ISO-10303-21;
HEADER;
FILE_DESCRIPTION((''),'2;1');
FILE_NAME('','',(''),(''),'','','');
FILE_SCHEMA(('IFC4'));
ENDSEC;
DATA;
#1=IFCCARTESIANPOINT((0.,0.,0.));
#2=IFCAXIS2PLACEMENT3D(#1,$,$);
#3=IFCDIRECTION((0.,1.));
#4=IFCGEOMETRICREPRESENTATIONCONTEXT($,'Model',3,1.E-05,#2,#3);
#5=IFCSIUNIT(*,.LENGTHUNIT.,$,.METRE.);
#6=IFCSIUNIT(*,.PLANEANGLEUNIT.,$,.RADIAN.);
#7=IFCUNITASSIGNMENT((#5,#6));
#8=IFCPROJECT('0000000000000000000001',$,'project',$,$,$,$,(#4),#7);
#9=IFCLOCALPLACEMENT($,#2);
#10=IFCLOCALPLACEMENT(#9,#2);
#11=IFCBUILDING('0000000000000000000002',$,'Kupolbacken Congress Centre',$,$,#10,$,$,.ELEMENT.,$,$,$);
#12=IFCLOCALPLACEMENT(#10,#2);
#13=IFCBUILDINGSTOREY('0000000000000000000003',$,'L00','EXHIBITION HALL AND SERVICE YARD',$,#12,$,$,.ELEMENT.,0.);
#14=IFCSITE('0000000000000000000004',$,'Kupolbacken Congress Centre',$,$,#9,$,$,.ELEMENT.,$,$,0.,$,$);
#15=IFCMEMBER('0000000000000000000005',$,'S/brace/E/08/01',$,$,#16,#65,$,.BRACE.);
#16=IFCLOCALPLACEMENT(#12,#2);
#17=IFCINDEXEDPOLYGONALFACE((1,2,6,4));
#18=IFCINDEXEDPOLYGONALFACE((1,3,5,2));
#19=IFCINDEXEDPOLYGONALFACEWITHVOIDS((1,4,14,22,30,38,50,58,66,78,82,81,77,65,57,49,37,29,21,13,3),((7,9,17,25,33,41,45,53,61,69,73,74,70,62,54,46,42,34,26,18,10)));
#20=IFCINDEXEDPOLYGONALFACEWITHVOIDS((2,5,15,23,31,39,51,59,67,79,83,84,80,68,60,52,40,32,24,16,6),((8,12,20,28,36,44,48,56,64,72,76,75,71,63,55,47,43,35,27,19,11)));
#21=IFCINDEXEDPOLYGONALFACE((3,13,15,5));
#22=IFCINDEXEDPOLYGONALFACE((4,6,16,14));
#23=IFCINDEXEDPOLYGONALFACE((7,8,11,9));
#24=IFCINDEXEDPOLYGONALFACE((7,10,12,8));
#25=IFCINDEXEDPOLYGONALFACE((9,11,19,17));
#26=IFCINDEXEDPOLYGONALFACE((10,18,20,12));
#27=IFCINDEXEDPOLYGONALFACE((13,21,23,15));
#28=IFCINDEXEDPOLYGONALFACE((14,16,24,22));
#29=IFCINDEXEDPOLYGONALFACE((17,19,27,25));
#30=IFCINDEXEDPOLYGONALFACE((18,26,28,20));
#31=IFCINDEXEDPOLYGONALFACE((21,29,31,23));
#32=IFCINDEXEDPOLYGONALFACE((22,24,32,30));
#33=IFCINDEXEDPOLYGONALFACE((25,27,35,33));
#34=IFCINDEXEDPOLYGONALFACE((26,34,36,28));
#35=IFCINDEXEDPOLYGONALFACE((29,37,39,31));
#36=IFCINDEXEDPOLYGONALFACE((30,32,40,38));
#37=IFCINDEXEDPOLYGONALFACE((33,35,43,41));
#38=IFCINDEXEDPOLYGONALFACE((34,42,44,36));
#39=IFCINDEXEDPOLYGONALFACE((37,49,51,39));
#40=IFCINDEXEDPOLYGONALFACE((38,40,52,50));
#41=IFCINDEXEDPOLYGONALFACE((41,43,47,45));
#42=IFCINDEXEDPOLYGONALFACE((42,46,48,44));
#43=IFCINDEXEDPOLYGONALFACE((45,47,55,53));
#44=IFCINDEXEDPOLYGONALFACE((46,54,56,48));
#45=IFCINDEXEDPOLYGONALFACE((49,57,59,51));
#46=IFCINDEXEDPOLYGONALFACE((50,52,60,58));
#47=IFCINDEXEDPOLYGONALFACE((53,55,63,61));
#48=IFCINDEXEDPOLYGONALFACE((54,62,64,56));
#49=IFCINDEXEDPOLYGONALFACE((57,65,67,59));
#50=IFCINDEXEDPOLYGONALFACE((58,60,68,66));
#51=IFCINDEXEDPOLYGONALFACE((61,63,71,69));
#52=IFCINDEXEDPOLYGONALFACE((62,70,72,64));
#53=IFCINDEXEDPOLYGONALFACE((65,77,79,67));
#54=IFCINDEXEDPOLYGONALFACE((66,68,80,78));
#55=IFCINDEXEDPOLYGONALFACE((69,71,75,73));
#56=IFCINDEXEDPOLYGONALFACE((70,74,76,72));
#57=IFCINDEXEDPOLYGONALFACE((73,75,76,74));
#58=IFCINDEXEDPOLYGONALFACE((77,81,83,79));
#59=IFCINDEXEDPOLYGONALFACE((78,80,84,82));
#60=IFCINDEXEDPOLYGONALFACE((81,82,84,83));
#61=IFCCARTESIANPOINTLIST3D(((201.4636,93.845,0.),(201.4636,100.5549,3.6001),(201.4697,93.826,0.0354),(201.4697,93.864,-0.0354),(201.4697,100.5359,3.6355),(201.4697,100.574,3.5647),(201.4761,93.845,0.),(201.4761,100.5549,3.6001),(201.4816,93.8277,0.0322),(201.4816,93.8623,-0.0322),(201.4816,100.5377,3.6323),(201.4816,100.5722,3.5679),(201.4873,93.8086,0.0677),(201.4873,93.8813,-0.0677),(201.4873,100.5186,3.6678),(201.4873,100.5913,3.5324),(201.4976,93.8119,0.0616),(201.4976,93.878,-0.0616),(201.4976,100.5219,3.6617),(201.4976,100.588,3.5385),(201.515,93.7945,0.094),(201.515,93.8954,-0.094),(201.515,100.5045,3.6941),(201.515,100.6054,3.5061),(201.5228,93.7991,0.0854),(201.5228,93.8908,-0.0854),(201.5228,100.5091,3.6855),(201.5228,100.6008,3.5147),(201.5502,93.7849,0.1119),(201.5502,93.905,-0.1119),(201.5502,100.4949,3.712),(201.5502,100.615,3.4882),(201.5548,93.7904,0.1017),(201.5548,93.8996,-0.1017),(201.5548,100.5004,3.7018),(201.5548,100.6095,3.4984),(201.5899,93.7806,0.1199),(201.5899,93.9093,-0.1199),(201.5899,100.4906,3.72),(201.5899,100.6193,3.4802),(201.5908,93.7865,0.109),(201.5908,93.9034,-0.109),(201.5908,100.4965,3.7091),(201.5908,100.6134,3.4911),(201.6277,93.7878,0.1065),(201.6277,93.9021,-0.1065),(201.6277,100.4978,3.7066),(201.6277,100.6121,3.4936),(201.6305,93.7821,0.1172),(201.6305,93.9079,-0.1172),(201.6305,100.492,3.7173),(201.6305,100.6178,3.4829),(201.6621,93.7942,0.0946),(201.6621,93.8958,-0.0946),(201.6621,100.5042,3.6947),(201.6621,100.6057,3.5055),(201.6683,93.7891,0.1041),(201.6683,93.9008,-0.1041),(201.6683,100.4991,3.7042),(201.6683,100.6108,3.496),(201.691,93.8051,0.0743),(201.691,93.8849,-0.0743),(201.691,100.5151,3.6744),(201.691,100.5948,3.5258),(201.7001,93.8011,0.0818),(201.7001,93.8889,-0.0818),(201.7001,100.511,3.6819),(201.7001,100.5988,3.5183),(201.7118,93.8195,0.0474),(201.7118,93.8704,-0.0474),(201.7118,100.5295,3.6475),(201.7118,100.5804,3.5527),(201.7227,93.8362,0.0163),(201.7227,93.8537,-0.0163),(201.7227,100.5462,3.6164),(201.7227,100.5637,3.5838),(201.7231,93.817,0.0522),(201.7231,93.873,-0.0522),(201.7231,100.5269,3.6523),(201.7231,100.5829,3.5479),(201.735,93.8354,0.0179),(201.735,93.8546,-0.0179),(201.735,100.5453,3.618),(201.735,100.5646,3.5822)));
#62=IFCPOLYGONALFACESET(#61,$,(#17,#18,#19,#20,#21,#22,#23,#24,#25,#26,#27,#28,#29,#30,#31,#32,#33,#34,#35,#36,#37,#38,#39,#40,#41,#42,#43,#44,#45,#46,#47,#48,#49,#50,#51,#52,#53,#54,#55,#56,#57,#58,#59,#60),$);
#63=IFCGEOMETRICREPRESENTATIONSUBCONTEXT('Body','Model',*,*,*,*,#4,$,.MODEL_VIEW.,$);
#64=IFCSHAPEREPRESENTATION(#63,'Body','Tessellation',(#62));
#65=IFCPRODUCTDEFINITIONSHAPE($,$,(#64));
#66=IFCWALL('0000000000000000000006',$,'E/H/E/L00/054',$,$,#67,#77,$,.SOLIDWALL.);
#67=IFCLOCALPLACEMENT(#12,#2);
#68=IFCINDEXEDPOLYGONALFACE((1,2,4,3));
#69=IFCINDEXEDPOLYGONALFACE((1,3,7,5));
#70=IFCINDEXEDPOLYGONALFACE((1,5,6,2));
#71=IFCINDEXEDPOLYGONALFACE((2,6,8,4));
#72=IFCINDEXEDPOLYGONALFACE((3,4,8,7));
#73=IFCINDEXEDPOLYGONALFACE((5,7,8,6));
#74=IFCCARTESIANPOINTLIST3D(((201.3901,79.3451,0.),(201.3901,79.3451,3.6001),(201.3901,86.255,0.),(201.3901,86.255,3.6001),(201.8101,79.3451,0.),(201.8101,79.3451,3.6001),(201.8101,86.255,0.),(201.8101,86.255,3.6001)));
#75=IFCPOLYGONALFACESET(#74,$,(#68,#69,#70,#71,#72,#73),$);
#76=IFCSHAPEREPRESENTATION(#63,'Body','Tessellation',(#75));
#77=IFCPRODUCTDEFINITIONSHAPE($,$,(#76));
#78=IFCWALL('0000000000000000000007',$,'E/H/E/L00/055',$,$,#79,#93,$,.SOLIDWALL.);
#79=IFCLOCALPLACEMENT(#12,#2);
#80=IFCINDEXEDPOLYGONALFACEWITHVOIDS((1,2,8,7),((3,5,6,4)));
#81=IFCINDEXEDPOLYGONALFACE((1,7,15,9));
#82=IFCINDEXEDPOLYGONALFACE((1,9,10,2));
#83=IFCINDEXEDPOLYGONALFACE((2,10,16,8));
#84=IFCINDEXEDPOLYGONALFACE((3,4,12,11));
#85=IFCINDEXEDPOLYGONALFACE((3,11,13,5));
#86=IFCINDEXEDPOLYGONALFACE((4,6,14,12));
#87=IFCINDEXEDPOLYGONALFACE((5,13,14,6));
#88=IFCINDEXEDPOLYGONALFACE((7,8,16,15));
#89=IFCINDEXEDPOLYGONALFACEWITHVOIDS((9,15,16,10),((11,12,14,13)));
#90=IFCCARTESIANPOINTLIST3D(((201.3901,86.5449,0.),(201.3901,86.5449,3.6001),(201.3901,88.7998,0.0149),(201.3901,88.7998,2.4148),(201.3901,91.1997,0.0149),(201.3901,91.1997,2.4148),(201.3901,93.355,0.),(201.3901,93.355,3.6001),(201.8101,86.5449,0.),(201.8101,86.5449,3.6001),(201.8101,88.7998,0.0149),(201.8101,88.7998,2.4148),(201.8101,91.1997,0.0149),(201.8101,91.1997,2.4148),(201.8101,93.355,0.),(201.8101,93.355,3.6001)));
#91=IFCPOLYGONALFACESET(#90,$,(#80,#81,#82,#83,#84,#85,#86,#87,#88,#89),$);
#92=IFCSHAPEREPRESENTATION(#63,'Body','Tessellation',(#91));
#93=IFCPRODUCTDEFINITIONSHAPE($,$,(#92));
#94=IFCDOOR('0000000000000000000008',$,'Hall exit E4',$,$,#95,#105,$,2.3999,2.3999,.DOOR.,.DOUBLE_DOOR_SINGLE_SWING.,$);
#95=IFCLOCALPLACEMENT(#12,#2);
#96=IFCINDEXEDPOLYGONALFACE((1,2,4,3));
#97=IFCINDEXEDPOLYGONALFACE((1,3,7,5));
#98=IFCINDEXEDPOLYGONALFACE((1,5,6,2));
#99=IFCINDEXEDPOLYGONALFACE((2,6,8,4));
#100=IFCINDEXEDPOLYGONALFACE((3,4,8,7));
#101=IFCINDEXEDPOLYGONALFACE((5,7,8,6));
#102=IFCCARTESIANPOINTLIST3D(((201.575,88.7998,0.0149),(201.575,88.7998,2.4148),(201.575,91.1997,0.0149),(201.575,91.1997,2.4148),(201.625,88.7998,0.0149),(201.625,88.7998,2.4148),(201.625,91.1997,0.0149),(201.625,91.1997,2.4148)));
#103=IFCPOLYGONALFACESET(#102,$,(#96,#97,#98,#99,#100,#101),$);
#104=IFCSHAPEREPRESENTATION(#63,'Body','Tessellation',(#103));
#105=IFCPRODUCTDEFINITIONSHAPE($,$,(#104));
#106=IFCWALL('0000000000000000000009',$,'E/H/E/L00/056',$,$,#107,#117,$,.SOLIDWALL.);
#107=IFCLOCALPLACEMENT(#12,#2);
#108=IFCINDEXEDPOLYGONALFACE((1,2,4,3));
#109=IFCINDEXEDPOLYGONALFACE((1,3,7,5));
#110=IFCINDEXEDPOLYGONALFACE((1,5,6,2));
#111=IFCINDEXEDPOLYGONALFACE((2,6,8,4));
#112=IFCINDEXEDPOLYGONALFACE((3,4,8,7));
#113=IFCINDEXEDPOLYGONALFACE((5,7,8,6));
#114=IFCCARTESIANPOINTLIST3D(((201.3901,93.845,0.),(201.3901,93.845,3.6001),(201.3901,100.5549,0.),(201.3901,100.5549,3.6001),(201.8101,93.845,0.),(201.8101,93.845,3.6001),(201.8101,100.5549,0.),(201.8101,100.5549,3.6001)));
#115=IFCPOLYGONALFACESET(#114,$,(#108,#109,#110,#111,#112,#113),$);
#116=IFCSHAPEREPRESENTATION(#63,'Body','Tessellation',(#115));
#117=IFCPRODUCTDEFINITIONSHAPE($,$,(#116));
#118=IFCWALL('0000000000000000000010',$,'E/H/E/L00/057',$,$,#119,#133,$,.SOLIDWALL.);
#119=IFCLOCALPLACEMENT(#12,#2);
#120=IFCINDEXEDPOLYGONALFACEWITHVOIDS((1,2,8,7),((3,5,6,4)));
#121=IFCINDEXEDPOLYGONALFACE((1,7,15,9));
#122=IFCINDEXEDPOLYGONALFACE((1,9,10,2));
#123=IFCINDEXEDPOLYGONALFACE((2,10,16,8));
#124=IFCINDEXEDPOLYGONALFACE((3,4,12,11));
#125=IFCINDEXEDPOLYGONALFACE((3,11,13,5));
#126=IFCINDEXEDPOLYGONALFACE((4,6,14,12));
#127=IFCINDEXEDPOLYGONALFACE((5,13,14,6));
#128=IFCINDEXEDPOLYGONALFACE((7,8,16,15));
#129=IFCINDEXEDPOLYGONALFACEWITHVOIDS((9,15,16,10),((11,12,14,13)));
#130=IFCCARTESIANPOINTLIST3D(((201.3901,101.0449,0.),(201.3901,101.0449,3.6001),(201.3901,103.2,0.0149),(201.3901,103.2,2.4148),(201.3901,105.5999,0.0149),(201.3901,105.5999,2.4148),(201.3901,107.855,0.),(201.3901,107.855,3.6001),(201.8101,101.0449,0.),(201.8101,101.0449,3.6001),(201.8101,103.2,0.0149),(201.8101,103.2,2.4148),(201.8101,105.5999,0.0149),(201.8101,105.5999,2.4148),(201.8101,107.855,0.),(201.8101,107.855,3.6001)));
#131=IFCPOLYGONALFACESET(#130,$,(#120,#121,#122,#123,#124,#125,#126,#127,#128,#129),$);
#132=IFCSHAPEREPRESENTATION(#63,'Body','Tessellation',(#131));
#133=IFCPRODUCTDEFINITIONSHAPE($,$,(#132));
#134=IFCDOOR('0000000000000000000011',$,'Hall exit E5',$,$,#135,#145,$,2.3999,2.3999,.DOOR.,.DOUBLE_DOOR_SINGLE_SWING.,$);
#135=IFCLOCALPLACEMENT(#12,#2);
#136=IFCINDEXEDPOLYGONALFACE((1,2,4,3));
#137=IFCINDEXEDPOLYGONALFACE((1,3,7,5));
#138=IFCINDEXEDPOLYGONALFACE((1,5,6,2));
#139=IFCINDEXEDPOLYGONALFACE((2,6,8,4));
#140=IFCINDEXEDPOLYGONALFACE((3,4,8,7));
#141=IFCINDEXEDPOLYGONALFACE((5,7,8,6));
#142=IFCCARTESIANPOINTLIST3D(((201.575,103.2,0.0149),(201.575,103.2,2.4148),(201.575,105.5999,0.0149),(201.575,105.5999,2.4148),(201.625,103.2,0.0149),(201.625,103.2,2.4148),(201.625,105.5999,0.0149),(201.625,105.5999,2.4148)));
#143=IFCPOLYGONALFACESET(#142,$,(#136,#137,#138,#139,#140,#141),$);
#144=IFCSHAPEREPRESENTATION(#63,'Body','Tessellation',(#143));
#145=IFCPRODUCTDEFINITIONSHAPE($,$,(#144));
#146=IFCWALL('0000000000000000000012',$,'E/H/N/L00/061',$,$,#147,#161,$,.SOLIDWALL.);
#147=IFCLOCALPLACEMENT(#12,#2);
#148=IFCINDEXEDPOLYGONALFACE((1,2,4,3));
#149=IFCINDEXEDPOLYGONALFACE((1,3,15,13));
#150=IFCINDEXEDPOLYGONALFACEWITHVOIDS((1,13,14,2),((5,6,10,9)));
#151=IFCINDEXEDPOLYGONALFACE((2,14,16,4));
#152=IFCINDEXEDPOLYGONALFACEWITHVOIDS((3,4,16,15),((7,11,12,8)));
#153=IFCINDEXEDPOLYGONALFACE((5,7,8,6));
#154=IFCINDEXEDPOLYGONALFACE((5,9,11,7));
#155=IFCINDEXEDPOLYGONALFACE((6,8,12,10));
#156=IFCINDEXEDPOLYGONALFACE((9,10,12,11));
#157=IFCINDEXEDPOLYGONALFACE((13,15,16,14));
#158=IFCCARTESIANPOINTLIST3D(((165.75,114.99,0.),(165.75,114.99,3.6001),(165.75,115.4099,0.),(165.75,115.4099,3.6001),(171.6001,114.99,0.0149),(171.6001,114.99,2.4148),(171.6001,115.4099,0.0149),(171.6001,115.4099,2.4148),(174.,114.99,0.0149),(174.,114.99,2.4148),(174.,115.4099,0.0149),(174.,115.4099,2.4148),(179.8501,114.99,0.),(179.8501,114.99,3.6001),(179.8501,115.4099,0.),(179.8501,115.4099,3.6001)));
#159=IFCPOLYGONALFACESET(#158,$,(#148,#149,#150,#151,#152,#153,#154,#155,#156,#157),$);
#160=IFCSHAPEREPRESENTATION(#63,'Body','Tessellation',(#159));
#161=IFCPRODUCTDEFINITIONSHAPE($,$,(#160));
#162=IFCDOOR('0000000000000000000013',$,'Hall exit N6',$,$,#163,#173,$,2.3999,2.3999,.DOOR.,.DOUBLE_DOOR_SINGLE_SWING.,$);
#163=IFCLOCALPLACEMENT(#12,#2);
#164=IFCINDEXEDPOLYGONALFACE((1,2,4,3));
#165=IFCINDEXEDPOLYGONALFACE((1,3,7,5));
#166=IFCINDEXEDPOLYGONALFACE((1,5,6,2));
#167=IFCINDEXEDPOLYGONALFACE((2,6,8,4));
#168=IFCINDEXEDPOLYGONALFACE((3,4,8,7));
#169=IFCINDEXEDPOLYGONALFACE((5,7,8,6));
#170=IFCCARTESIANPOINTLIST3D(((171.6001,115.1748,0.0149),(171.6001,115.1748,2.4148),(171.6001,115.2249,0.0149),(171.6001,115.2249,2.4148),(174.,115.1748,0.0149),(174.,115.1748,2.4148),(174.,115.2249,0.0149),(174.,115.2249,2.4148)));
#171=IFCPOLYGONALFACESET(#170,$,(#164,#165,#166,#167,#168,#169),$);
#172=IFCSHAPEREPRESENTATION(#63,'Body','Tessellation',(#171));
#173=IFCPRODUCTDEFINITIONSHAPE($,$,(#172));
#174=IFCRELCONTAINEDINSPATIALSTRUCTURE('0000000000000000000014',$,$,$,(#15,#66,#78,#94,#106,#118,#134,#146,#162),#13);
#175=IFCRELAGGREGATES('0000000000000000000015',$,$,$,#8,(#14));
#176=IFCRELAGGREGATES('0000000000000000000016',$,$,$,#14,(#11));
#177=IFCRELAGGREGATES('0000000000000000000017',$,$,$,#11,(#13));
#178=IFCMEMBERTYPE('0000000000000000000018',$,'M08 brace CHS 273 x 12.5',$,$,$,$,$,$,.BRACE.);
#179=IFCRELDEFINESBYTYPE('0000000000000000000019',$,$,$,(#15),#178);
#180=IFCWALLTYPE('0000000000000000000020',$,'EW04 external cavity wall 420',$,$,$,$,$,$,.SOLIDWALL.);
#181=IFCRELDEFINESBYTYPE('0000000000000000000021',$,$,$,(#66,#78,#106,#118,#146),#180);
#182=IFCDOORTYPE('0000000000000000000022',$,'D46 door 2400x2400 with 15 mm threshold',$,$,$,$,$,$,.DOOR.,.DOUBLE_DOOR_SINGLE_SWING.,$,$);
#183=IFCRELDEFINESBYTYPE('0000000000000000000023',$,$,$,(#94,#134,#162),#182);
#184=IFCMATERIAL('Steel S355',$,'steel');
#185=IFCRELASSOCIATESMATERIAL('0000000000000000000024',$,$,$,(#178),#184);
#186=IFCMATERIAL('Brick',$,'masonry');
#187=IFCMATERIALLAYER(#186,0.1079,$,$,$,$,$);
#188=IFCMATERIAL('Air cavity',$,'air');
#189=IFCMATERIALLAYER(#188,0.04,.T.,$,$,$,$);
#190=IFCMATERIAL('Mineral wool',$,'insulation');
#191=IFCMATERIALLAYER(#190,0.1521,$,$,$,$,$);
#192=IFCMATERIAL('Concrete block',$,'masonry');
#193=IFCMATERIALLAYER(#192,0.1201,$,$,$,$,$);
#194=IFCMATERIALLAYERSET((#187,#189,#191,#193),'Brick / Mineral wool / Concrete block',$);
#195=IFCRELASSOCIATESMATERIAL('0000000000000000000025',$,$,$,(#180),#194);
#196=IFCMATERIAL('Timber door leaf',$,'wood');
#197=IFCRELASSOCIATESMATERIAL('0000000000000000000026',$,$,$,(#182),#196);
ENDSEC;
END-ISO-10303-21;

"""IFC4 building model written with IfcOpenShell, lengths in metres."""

from ifc_helpers import new_model, si_unit, direction, frame, frame_2d, origin, origin_2d, place, context, subcontext, project, spatial, rectangle, hollow_circle, extrude, material, layer, layer_set, material_profile, profile_set, type_object, element, fill, save


model = new_model("IFC4")

# Units and contexts
model_context = context("Model", 3, precision=1e-05, world=origin(), true_north=direction((0.0, 1.0)))
body_context = subcontext(model_context, "Body", "Model", "MODEL_VIEW")
ifc_project = project(units=[si_unit("LENGTHUNIT", "METRE"), si_unit("PLANEANGLEUNIT", "RADIAN")], contexts=[model_context])

# Site, building, storey
site_placement = place(None, origin())
site = spatial("IfcSite", under=ifc_project, at=site_placement, Name="Kupolbacken Congress Centre", CompositionType="ELEMENT", RefElevation=0.0)
building_placement = place(site_placement, origin())
building = spatial("IfcBuilding", under=site, at=building_placement, Name="Kupolbacken Congress Centre", CompositionType="ELEMENT")
storey_placement = place(building_placement, origin())
storey = spatial("IfcBuildingStorey", under=building, at=storey_placement, Name="L00", Description="EXHIBITION HALL AND SERVICE YARD", CompositionType="ELEMENT", Elevation=0.0)

# Member
ifc_material_1 = material(Name="Steel S355", Category="steel")
ifc_material_profile_1 = material_profile(ifc_material_1, hollow_circle(Radius=0.1365, WallThickness=0.0125, at=origin_2d()), Name="CHS 273 x 12.5")
ifc_profile_set_1 = profile_set([ifc_material_profile_1], Name="Steel S355")
member_type = type_object("IfcMemberType", Name="M08 brace CHS 273 x 12.5", PredefinedType="BRACE", material=ifc_profile_set_1)
member_placement = place(storey_placement, frame((201.6001, 93.845, 0.0), z_axis=(0.0, 0.88118, 0.47278), x_axis=(-1.0, 0.0, 0.0)))
element("IfcMember", 1, at=member_placement, inside=storey, type_object=member_type, Name="S/brace/E/08/01", PredefinedType="BRACE", context=body_context, shape_type="SweptSolid", body=[
    extrude(hollow_circle(Radius=0.1365, WallThickness=0.0125, at=origin_2d()), origin(), (0.0, 0.0, 1.0), 7.6147),
])

# Wall
ifc_material_2 = material(Name="Brick", Category="masonry")
ifc_layer_1 = layer(ifc_material_2, 0.1079)
ifc_material_3 = material(Name="Air cavity", Category="air")
ifc_layer_2 = layer(ifc_material_3, 0.04, ventilated=True)
ifc_material_4 = material(Name="Mineral wool", Category="insulation")
ifc_layer_3 = layer(ifc_material_4, 0.1521)
ifc_material_5 = material(Name="Concrete block", Category="masonry")
ifc_layer_4 = layer(ifc_material_5, 0.1201)
ifc_layer_set_1 = layer_set([ifc_layer_1, ifc_layer_2, ifc_layer_3, ifc_layer_4], Name="Brick / Mineral wool / Concrete block")
wall_type = type_object("IfcWallType", Name="EW04 external cavity wall 420", PredefinedType="SOLIDWALL", material=ifc_layer_set_1)
wall_1_placement = place(storey_placement, frame((201.6001, 79.345, 0.0), z_axis=(0.0, 0.0, 1.0), x_axis=(0.0, 1.0, 0.0)))
element("IfcWall", 2, at=wall_1_placement, inside=storey, type_object=wall_type, Name="E/H/E/L00/054", PredefinedType="SOLIDWALL", context=body_context, shape_type="SweptSolid", body=[
    extrude(rectangle(XDim=6.9099, YDim=0.4199, at=frame_2d((3.4551, 0.0))), origin(), (0.0, 0.0, 1.0), 3.6001),
])

# Wall, opening, door
wall_2_placement = place(storey_placement, frame((201.6001, 86.5449, 0.0), z_axis=(0.0, 0.0, 1.0), x_axis=(0.0, 1.0, 0.0)))
wall_2 = element("IfcWall", 3, at=wall_2_placement, inside=storey, type_object=wall_type, Name="E/H/E/L00/055", PredefinedType="SOLIDWALL", context=body_context, shape_type="SweptSolid", body=[
    extrude(rectangle(XDim=6.8101, YDim=0.4199, at=frame_2d((3.405, 0.0))), origin(), (0.0, 0.0, 1.0), 3.6001),
])
opening_1_placement = place(wall_2_placement, frame((2.2549, 0.0, 0.0149)))
opening_1 = element("IfcOpeningElement", 4, at=opening_1_placement, cuts=wall_2, PredefinedType="OPENING", context=body_context, shape_type="SweptSolid", body=[
    extrude(rectangle(XDim=2.3999, YDim=2.3999, at=frame_2d((1.2, 1.2))), frame((0.0, 0.22, 0.0), z_axis=(0.0, -1.0, 0.0), x_axis=(1.0, 0.0, 0.0)), (0.0, 0.0, 1.0), 0.4399),
])
ifc_material_6 = material(Name="Timber door leaf", Category="wood")
door_type = type_object("IfcDoorType", Name="D46 door 2400x2400 with 15 mm threshold", OperationType="DOUBLE_DOOR_SINGLE_SWING", PredefinedType="DOOR", material=ifc_material_6)
door_1_placement = place(opening_1_placement, frame((2.3999, 0.0, 0.0), z_axis=(0.0, 0.0, 1.0), x_axis=(-1.0, 0.0, 0.0)))
door_1 = element("IfcDoor", 5, at=door_1_placement, inside=storey, type_object=door_type, Name="Hall exit E4", OperationType="DOUBLE_DOOR_SINGLE_SWING", OverallHeight=2.3999, OverallWidth=2.3999, PredefinedType="DOOR", context=body_context, shape_type="SweptSolid", body=[
    extrude(rectangle(XDim=2.3999, YDim=2.3999, at=frame_2d((1.2, 1.2))), frame((0.0, 0.0249, 0.0), z_axis=(0.0, -1.0, 0.0), x_axis=(1.0, 0.0, 0.0)), (0.0, 0.0, 1.0), 0.05),
])
fill(opening_1, door_1)

# Wall
wall_3_placement = place(storey_placement, frame((201.6001, 93.845, 0.0), z_axis=(0.0, 0.0, 1.0), x_axis=(0.0, 1.0, 0.0)))
element("IfcWall", 6, at=wall_3_placement, inside=storey, type_object=wall_type, Name="E/H/E/L00/056", PredefinedType="SOLIDWALL", context=body_context, shape_type="SweptSolid", body=[
    extrude(rectangle(XDim=6.71, YDim=0.4199, at=frame_2d((3.355, 0.0))), origin(), (0.0, 0.0, 1.0), 3.6001),
])

# Walls, openings, doors
wall_4_placement = place(storey_placement, frame((201.6001, 101.0449, 0.0), z_axis=(0.0, 0.0, 1.0), x_axis=(0.0, 1.0, 0.0)))
wall_4 = element("IfcWall", 7, at=wall_4_placement, inside=storey, type_object=wall_type, Name="E/H/E/L00/057", PredefinedType="SOLIDWALL", context=body_context, shape_type="SweptSolid", body=[
    extrude(rectangle(XDim=6.8101, YDim=0.4199, at=frame_2d((3.405, 0.0))), origin(), (0.0, 0.0, 1.0), 3.6001),
])
opening_2_placement = place(wall_4_placement, frame((2.155, 0.0, 0.0149)))
opening_2 = element("IfcOpeningElement", 8, at=opening_2_placement, cuts=wall_4, PredefinedType="OPENING", context=body_context, shape_type="SweptSolid", body=[
    extrude(rectangle(XDim=2.3999, YDim=2.3999, at=frame_2d((1.2, 1.2))), frame((0.0, 0.22, 0.0), z_axis=(0.0, -1.0, 0.0), x_axis=(1.0, 0.0, 0.0)), (0.0, 0.0, 1.0), 0.4399),
])
door_2_placement = place(opening_2_placement, frame((2.3999, 0.0, 0.0), z_axis=(0.0, 0.0, 1.0), x_axis=(-1.0, 0.0, 0.0)))
door_2 = element("IfcDoor", 9, at=door_2_placement, inside=storey, type_object=door_type, Name="Hall exit E5", OperationType="DOUBLE_DOOR_SINGLE_SWING", OverallHeight=2.3999, OverallWidth=2.3999, PredefinedType="DOOR", context=body_context, shape_type="SweptSolid", body=[
    extrude(rectangle(XDim=2.3999, YDim=2.3999, at=frame_2d((1.2, 1.2))), frame((0.0, 0.0249, 0.0), z_axis=(0.0, -1.0, 0.0), x_axis=(1.0, 0.0, 0.0)), (0.0, 0.0, 1.0), 0.05),
])
fill(opening_2, door_2)
wall_5_placement = place(storey_placement, frame((179.8501, 115.2, 0.0), z_axis=(0.0, 0.0, 1.0), x_axis=(-1.0, 0.0, 0.0)))
wall_5 = element("IfcWall", 10, at=wall_5_placement, inside=storey, type_object=wall_type, Name="E/H/N/L00/061", PredefinedType="SOLIDWALL", context=body_context, shape_type="SweptSolid", body=[
    extrude(rectangle(XDim=14.1001, YDim=0.4199, at=frame_2d((7.05, 0.0))), origin(), (0.0, 0.0, 1.0), 3.6001),
])
opening_3_placement = place(wall_5_placement, frame((5.8501, 0.0, 0.0149)))
opening_3 = element("IfcOpeningElement", 11, at=opening_3_placement, cuts=wall_5, PredefinedType="OPENING", context=body_context, shape_type="SweptSolid", body=[
    extrude(rectangle(XDim=2.3999, YDim=2.3999, at=frame_2d((1.2, 1.2))), frame((0.0, 0.22, 0.0), z_axis=(0.0, -1.0, 0.0), x_axis=(1.0, 0.0, 0.0)), (0.0, 0.0, 1.0), 0.4399),
])
door_3_placement = place(opening_3_placement, frame((2.3999, 0.0, 0.0), z_axis=(0.0, 0.0, 1.0), x_axis=(-1.0, 0.0, 0.0)))
door_3 = element("IfcDoor", 12, at=door_3_placement, inside=storey, type_object=door_type, Name="Hall exit N6", OperationType="DOUBLE_DOOR_SINGLE_SWING", OverallHeight=2.3999, OverallWidth=2.3999, PredefinedType="DOOR", context=body_context, shape_type="SweptSolid", body=[
    extrude(rectangle(XDim=2.3999, YDim=2.3999, at=frame_2d((1.2, 1.2))), frame((0.0, 0.0249, 0.0), z_axis=(0.0, -1.0, 0.0), x_axis=(1.0, 0.0, 0.0)), (0.0, 0.0, 1.0), 0.05),
])
fill(opening_3, door_3)

save(model, "model.ifc")
